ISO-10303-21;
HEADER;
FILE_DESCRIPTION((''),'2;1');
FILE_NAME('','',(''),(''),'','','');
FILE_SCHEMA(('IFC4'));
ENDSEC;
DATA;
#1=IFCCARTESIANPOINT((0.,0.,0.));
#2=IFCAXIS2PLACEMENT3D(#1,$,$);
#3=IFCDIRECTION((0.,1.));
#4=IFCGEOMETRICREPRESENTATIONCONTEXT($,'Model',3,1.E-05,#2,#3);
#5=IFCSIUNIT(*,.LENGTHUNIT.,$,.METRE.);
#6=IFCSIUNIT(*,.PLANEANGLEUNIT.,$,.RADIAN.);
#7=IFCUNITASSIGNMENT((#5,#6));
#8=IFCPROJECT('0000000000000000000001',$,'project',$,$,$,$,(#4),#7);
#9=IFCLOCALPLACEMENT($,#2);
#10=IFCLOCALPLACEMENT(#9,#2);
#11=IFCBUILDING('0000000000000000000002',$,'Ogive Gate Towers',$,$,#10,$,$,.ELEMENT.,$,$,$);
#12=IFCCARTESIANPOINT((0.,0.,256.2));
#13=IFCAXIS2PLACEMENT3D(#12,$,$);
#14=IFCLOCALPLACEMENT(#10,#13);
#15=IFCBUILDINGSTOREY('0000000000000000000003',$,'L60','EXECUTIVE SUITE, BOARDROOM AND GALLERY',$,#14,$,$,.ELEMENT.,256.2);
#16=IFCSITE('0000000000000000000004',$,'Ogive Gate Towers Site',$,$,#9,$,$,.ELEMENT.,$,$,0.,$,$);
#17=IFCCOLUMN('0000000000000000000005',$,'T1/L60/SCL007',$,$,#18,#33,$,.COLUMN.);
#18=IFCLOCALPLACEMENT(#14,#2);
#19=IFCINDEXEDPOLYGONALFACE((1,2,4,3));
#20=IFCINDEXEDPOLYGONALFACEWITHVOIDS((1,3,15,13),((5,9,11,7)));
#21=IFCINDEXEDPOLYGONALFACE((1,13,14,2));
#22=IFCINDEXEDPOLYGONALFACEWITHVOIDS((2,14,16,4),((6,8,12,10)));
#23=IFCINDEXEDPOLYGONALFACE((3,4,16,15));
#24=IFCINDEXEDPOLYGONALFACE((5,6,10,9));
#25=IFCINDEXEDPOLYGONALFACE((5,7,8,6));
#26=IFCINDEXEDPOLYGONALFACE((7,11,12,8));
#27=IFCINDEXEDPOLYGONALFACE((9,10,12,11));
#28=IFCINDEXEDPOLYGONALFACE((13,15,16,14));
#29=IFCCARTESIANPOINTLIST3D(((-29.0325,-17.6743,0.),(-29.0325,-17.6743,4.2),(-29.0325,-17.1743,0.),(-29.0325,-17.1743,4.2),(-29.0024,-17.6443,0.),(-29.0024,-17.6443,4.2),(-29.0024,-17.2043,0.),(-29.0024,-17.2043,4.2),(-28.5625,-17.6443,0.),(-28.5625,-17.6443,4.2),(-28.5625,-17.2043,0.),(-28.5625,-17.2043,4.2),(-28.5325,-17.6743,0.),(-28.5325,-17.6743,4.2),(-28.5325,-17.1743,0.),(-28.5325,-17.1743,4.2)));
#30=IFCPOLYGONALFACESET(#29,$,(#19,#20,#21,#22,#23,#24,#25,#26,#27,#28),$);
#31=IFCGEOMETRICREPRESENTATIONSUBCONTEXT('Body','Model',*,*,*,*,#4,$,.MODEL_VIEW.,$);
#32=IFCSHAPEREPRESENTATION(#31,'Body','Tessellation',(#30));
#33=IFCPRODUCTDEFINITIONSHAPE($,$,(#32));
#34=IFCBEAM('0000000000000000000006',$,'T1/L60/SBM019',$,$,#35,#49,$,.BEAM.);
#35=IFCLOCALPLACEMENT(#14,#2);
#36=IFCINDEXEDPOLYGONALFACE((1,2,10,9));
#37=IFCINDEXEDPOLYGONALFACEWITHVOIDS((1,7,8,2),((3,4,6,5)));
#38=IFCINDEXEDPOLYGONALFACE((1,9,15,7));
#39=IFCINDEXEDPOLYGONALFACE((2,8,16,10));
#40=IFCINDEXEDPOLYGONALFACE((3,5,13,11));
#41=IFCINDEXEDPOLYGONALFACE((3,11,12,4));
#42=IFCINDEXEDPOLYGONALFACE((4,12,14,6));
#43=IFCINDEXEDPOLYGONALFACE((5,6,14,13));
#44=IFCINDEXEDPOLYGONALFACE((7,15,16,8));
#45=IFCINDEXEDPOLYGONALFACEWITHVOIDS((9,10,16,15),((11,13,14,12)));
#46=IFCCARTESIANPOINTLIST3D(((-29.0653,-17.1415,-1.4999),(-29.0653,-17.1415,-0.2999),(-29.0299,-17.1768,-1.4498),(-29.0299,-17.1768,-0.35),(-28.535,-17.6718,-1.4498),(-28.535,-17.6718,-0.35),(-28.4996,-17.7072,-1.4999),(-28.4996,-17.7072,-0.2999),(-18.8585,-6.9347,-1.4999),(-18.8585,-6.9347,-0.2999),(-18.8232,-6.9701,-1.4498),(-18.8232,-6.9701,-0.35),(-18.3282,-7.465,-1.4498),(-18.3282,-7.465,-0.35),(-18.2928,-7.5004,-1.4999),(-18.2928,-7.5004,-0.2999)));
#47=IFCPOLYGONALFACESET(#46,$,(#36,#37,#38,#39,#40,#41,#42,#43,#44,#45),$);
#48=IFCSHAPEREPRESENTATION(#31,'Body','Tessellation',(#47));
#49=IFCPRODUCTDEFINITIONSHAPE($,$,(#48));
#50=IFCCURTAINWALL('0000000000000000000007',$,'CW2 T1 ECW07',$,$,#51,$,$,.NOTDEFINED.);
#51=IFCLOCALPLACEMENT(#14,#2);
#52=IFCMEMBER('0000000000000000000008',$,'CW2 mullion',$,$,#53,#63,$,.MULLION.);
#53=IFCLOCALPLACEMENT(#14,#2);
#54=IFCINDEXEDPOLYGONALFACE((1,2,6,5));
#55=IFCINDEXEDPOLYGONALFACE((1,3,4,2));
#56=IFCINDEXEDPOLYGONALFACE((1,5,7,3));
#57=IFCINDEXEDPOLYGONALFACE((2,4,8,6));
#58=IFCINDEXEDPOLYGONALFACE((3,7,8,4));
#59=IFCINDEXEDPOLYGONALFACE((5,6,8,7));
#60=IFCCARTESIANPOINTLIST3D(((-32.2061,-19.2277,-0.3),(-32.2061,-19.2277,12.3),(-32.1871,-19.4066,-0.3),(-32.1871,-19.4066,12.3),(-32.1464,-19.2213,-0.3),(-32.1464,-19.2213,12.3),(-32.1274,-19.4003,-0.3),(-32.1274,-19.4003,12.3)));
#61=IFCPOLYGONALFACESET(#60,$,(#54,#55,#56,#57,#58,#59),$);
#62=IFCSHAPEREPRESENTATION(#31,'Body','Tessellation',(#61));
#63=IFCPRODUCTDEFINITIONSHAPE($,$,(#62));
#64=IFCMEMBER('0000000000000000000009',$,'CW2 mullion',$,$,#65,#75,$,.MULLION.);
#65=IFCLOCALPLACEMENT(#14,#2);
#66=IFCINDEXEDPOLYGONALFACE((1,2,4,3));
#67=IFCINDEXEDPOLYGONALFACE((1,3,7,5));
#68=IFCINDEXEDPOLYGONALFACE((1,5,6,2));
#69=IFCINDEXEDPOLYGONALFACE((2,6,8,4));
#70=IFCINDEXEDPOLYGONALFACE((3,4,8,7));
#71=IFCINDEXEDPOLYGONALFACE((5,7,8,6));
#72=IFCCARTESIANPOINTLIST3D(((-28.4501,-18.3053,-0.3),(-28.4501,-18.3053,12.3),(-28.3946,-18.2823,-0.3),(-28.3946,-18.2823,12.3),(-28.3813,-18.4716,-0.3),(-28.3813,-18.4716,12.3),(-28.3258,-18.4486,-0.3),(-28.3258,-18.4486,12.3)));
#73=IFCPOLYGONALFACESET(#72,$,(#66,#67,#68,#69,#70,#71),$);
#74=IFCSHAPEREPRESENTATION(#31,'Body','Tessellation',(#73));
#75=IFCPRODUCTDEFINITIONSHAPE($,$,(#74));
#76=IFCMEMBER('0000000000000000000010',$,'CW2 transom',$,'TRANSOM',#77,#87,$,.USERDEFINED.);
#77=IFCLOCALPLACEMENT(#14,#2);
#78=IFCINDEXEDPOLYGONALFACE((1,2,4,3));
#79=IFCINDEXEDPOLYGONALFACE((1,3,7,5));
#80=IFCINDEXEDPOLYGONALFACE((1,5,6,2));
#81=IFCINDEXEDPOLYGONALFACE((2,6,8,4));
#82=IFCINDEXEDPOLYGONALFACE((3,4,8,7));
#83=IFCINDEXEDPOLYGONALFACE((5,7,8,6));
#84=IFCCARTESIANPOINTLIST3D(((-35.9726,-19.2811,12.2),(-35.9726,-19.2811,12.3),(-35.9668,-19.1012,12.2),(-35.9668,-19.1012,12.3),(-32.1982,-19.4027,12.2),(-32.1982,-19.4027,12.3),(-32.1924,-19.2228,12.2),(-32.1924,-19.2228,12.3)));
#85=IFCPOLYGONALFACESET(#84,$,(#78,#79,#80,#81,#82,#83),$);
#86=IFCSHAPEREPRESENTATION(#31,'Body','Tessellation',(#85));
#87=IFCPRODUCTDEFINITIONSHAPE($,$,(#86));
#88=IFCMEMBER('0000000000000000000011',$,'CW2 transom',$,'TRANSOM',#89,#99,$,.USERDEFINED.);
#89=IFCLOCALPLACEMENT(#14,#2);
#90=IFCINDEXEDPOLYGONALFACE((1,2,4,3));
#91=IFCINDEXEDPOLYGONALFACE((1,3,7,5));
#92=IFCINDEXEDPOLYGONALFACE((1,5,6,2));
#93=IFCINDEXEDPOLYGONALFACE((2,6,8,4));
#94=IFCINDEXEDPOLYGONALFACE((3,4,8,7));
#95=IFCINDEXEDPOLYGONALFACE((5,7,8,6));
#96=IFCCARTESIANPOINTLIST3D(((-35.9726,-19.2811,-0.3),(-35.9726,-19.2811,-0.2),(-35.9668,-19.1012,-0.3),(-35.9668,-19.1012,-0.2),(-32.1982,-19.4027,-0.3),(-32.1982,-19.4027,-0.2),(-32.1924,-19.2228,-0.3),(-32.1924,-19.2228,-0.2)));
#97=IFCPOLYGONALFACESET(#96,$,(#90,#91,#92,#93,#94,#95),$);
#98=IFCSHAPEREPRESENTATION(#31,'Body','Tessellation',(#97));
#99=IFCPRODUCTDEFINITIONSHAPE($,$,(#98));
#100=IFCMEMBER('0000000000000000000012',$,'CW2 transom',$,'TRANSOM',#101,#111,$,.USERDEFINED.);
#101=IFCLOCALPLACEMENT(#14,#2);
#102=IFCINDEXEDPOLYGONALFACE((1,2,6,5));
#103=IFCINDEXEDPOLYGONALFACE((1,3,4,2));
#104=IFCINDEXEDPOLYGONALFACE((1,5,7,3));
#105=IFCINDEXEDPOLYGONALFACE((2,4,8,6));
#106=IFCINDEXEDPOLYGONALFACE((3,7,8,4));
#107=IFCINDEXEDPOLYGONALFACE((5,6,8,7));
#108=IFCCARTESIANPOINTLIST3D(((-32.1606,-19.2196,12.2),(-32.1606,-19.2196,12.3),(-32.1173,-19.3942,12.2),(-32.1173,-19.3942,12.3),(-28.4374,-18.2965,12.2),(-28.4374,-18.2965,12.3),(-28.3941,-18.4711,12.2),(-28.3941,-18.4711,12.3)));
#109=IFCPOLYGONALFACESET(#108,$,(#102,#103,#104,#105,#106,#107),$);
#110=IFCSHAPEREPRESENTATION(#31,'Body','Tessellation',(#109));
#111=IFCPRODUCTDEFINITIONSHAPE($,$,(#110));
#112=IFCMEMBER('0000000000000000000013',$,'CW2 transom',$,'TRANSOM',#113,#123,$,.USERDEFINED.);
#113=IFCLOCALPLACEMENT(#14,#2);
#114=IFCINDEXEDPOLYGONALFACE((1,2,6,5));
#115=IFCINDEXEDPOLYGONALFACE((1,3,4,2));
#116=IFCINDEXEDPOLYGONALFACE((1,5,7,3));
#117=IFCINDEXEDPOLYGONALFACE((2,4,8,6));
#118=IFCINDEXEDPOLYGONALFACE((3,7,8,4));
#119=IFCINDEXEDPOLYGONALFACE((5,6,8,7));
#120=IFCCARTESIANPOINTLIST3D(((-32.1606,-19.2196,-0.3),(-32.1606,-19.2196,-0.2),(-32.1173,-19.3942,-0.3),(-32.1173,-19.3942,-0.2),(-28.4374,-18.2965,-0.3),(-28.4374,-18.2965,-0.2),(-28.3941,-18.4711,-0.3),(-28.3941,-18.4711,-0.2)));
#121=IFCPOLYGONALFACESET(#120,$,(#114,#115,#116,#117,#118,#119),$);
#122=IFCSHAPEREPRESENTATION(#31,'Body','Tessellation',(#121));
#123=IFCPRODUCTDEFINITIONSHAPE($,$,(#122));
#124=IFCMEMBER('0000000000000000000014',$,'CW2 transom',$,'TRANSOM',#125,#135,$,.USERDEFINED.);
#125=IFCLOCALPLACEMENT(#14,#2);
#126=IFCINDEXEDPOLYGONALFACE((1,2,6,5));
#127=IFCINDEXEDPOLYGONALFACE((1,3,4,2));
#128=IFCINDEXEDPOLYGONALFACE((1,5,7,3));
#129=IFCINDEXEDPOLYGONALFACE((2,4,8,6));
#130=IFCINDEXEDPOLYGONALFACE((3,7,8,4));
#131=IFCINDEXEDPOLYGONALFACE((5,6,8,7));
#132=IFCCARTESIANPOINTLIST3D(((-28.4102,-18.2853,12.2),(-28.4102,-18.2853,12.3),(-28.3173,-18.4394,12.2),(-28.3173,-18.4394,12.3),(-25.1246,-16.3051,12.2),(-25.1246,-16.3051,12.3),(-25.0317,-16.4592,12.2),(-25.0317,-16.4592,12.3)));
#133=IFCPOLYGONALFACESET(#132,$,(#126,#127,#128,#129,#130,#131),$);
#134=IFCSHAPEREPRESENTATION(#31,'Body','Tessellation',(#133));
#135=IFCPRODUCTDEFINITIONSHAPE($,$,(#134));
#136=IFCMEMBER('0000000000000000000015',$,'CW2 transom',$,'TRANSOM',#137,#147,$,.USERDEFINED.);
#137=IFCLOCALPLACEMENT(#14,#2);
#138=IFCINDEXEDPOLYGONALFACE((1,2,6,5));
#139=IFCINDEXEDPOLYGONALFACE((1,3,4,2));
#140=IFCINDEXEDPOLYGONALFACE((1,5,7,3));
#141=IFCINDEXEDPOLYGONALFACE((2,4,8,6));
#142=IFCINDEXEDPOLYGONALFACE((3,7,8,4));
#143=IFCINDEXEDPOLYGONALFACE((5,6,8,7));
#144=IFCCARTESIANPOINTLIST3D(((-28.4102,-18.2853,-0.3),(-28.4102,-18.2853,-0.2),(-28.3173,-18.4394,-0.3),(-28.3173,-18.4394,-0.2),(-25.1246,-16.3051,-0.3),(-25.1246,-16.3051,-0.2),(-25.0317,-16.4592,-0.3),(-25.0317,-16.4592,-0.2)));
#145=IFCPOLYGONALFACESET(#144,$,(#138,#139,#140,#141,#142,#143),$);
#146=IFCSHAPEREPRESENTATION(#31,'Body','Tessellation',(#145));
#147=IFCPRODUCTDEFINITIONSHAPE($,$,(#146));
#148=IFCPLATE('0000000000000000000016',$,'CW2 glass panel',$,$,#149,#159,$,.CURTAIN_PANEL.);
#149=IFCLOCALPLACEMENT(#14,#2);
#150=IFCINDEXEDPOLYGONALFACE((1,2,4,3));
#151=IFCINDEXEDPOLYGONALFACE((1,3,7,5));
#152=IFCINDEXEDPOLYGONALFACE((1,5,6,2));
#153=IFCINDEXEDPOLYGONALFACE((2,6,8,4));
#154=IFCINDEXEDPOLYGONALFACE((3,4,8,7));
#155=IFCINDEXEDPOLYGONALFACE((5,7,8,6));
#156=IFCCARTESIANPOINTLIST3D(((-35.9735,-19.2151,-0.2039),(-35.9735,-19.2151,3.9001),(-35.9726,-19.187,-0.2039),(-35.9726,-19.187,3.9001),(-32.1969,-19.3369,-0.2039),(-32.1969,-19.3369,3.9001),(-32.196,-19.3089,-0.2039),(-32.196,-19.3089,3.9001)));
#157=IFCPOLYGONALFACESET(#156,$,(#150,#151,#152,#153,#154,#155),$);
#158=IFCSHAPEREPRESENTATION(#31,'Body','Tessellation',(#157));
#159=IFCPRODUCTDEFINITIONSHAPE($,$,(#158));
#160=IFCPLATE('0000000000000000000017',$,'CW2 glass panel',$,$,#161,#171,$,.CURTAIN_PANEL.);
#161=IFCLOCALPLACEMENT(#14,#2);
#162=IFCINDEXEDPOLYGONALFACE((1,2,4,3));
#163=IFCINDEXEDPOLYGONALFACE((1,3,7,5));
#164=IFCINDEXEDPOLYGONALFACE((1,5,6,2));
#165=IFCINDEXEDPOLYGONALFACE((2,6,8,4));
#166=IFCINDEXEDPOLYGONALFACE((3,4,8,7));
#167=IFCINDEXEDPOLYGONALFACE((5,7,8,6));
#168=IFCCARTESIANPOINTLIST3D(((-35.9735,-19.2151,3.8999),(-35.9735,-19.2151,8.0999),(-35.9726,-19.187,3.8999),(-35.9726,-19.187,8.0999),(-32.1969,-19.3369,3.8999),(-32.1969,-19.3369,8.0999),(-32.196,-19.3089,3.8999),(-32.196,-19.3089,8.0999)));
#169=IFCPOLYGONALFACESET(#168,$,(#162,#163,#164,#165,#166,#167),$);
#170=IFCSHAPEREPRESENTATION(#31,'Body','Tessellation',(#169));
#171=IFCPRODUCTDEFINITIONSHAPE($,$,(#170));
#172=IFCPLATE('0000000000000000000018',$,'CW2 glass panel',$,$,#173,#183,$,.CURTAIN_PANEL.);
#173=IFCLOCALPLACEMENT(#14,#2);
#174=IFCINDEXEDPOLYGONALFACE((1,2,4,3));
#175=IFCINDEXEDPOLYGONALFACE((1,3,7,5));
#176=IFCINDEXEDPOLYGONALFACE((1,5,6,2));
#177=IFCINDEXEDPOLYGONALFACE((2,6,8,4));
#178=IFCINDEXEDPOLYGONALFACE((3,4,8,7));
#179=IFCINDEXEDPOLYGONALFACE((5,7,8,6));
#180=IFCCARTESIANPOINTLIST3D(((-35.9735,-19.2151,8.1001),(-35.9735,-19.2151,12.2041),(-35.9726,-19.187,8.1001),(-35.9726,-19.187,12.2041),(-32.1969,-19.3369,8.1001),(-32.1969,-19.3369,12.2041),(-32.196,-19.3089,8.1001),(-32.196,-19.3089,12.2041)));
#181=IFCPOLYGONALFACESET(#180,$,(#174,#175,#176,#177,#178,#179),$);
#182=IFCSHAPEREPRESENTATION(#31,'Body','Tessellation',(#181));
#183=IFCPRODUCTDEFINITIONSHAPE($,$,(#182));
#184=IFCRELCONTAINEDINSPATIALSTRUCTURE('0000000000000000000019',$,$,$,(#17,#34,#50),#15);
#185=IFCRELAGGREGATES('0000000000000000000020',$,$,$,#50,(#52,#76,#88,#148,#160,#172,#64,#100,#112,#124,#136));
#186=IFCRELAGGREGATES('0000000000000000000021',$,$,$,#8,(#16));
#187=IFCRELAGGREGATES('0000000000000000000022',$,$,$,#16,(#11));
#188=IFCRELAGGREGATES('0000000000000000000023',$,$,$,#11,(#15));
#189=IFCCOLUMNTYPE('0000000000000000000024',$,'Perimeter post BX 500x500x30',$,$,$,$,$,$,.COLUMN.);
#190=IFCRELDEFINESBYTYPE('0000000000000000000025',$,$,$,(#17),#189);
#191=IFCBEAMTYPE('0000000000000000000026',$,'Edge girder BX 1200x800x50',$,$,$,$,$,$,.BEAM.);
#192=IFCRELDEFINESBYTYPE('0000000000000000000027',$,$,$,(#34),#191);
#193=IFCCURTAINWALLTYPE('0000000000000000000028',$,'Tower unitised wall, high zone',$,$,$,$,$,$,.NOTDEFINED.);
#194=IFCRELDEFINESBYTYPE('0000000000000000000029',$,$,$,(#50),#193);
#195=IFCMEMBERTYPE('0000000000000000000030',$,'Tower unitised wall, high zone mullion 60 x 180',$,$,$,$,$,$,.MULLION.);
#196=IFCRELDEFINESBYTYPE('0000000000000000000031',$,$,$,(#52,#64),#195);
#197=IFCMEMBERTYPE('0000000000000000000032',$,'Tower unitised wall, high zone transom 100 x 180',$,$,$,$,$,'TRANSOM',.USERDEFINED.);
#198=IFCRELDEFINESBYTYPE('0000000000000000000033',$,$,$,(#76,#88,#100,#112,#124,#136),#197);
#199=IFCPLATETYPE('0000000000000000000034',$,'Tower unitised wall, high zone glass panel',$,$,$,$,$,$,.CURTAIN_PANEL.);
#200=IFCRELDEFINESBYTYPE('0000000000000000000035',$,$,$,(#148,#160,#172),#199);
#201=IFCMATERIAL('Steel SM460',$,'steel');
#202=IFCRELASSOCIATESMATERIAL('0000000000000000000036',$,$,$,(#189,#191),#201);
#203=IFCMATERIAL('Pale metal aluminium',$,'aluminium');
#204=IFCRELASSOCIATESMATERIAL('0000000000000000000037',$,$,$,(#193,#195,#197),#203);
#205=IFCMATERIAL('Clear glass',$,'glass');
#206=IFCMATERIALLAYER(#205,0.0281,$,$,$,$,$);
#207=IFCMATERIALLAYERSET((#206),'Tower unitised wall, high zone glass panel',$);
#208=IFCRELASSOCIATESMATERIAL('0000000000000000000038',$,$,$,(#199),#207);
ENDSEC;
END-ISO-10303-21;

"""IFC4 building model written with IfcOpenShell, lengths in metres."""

from ifc_helpers import new_model, si_unit, direction, frame, origin, origin_2d, place, context, subcontext, project, spatial, rectangle, hollow_rectangle, extrude, material, layer, layer_set, material_profile, profile_set, type_object, element, aggregate, save


model = new_model("IFC4")

# Units and contexts
model_context = context("Model", 3, precision=1e-05, world=origin(), true_north=direction((0.0, 1.0)))
body_context = subcontext(model_context, "Body", "Model", "MODEL_VIEW")
ifc_project = project(units=[si_unit("LENGTHUNIT", "METRE"), si_unit("PLANEANGLEUNIT", "RADIAN")], contexts=[model_context])

# Site, building, storey
site_placement = place(None, origin())
site = spatial("IfcSite", under=ifc_project, at=site_placement, Name="Ogive Gate Towers Site", CompositionType="ELEMENT", RefElevation=0.0)
building_placement = place(site_placement, origin())
building = spatial("IfcBuilding", under=site, at=building_placement, Name="Ogive Gate Towers", CompositionType="ELEMENT")
storey_placement = place(building_placement, frame((0.0, 0.0, 256.2)))
storey = spatial("IfcBuildingStorey", under=building, at=storey_placement, Name="L60", Description="EXECUTIVE SUITE, BOARDROOM AND GALLERY", CompositionType="ELEMENT", Elevation=256.2)

# Column
ifc_material_1 = material(Name="Steel SM460", Category="steel")
ifc_material_profile_1 = material_profile(ifc_material_1, hollow_rectangle(XDim=0.5, YDim=0.5, WallThickness=0.03, at=origin_2d()), Name="BX 500x500x30")
ifc_profile_set_1 = profile_set([ifc_material_profile_1], Name="Steel SM460")
column_type = type_object("IfcColumnType", Name="Perimeter post BX 500x500x30", PredefinedType="COLUMN", material=ifc_profile_set_1)
column_placement = place(storey_placement, frame((-28.7825, -17.4243, 0.0), z_axis=(0.0, 0.0, 1.0), x_axis=(1.0, 0.0, 0.0)))
element("IfcColumn", 1, at=column_placement, inside=storey, type_object=column_type, Name="T1/L60/SCL007", PredefinedType="COLUMN", context=body_context, shape_type="SweptSolid", body=[
    extrude(hollow_rectangle(XDim=0.5, YDim=0.5, WallThickness=0.03, at=origin_2d()), origin(), (0.0, 0.0, 1.0), 4.2),
])

# Beam
ifc_material_profile_2 = material_profile(ifc_material_1, hollow_rectangle(XDim=0.8, YDim=1.2, WallThickness=0.05, at=origin_2d()), Name="BX 1200x800x50")
ifc_profile_set_2 = profile_set([ifc_material_profile_2], Name="Steel SM460")
beam_type = type_object("IfcBeamType", Name="Edge girder BX 1200x800x50", PredefinedType="BEAM", material=ifc_profile_set_2)
beam_placement = place(storey_placement, frame((-28.7825, -17.4243, -0.8999), z_axis=(0.707107, 0.707107, 0.0), x_axis=(-0.707107, 0.707107, 0.0)))
element("IfcBeam", 2, at=beam_placement, inside=storey, type_object=beam_type, Name="T1/L60/SBM019", PredefinedType="BEAM", context=body_context, shape_type="SweptSolid", body=[
    extrude(hollow_rectangle(XDim=0.8, YDim=1.2, WallThickness=0.05, at=origin_2d()), origin(), (0.0, 0.0, 1.0), 14.4346),
])

# Curtain wall, members, plates
ifc_material_2 = material(Name="Pale metal aluminium", Category="aluminium")
curtain_wall_type = type_object("IfcCurtainWallType", Name="Tower unitised wall, high zone", PredefinedType="NOTDEFINED", material=ifc_material_2)
curtain_wall_placement = place(storey_placement, origin())
curtain_wall = element("IfcCurtainWall", 3, at=curtain_wall_placement, inside=storey, type_object=curtain_wall_type, Name="CW2 T1 ECW07", PredefinedType="NOTDEFINED")
ifc_material_profile_3 = material_profile(ifc_material_2, rectangle(XDim=0.1799, YDim=0.0601, at=origin_2d()), Name="60 x 180 aluminium box")
ifc_profile_set_3 = profile_set([ifc_material_profile_3], Name="Pale metal aluminium")
member_type_1 = type_object("IfcMemberType", Name="Tower unitised wall, high zone mullion 60 x 180", PredefinedType="MULLION", material=ifc_profile_set_3)
member_1_placement = place(storey_placement, frame((-32.1667, -19.314, -0.3), z_axis=(0.0, 0.0, 1.0), x_axis=(0.105205, -0.994451, 0.0)))
member_1 = element("IfcMember", 4, at=member_1_placement, type_object=member_type_1, Name="CW2 mullion", PredefinedType="MULLION", context=body_context, shape_type="SweptSolid", body=[
    extrude(rectangle(XDim=0.1799, YDim=0.0601, at=origin_2d()), origin(), (0.0, 0.0, 1.0), 12.6001),
])
member_2_placement = place(storey_placement, frame((-28.3879, -18.377, -0.3), z_axis=(0.0, 0.0, 1.0), x_axis=(0.382683, -0.92388, 0.0)))
member_2 = element("IfcMember", 5, at=member_2_placement, type_object=member_type_1, Name="CW2 mullion", PredefinedType="MULLION", context=body_context, shape_type="SweptSolid", body=[
    extrude(rectangle(XDim=0.1799, YDim=0.0601, at=origin_2d()), origin(), (0.0, 0.0, 1.0), 12.6001),
])
ifc_material_profile_4 = material_profile(ifc_material_2, rectangle(XDim=0.1799, YDim=0.1001, at=origin_2d()), Name="100 x 180 aluminium box")
ifc_profile_set_4 = profile_set([ifc_material_profile_4], Name="Pale metal aluminium")
member_type_2 = type_object("IfcMemberType", Name="Tower unitised wall, high zone transom 100 x 180", ElementType="TRANSOM", PredefinedType="USERDEFINED", material=ifc_profile_set_4)
member_3_placement = place(storey_placement, frame((-35.9697, -19.1912, 12.25), z_axis=(0.999482, -0.032195, 0.0), x_axis=(0.032195, 0.999482, 0.0)))
member_3 = element("IfcMember", 6, at=member_3_placement, type_object=member_type_2, Name="CW2 transom", ObjectType="TRANSOM", PredefinedType="USERDEFINED", context=body_context, shape_type="SweptSolid", body=[
    extrude(rectangle(XDim=0.1799, YDim=0.1001, at=origin_2d()), origin(), (0.0, 0.0, 1.0), 3.7764),
])
member_4_placement = place(storey_placement, frame((-35.9697, -19.1912, -0.25), z_axis=(0.999482, -0.032195, 0.0), x_axis=(0.032195, 0.999482, 0.0)))
member_4 = element("IfcMember", 7, at=member_4_placement, type_object=member_type_2, Name="CW2 transom", ObjectType="TRANSOM", PredefinedType="USERDEFINED", context=body_context, shape_type="SweptSolid", body=[
    extrude(rectangle(XDim=0.1799, YDim=0.1001, at=origin_2d()), origin(), (0.0, 0.0, 1.0), 3.7764),
])
member_5_placement = place(storey_placement, frame((-32.1389, -19.3069, 12.25), z_axis=(0.970612, 0.240648, 0.0), x_axis=(-0.240648, 0.970612, 0.0)))
member_5 = element("IfcMember", 8, at=member_5_placement, type_object=member_type_2, Name="CW2 transom", ObjectType="TRANSOM", PredefinedType="USERDEFINED", context=body_context, shape_type="SweptSolid", body=[
    extrude(rectangle(XDim=0.1799, YDim=0.1001, at=origin_2d()), origin(), (0.0, 0.0, 1.0), 3.8359),
])
member_6_placement = place(storey_placement, frame((-32.1389, -19.3069, -0.25), z_axis=(0.970612, 0.240648, 0.0), x_axis=(-0.240648, 0.970612, 0.0)))
member_6 = element("IfcMember", 9, at=member_6_placement, type_object=member_type_2, Name="CW2 transom", ObjectType="TRANSOM", PredefinedType="USERDEFINED", context=body_context, shape_type="SweptSolid", body=[
    extrude(rectangle(XDim=0.1799, YDim=0.1001, at=origin_2d()), origin(), (0.0, 0.0, 1.0), 3.8359),
])
member_7_placement = place(storey_placement, frame((-28.3638, -18.3623, 12.25), z_axis=(0.856475, 0.516189, 0.0), x_axis=(-0.516189, 0.856475, 0.0)))
member_7 = element("IfcMember", 10, at=member_7_placement, type_object=member_type_2, Name="CW2 transom", ObjectType="TRANSOM", PredefinedType="USERDEFINED", context=body_context, shape_type="SweptSolid", body=[
    extrude(rectangle(XDim=0.1799, YDim=0.1001, at=origin_2d()), origin(), (0.0, 0.0, 1.0), 3.8362),
])
member_8_placement = place(storey_placement, frame((-28.3638, -18.3623, -0.25), z_axis=(0.856475, 0.516189, 0.0), x_axis=(-0.516189, 0.856475, 0.0)))
member_8 = element("IfcMember", 11, at=member_8_placement, type_object=member_type_2, Name="CW2 transom", ObjectType="TRANSOM", PredefinedType="USERDEFINED", context=body_context, shape_type="SweptSolid", body=[
    extrude(rectangle(XDim=0.1799, YDim=0.1001, at=origin_2d()), origin(), (0.0, 0.0, 1.0), 3.8362),
])
ifc_material_3 = material(Name="Clear glass", Category="glass")
ifc_layer_1 = layer(ifc_material_3, 0.0281)
ifc_layer_set_1 = layer_set([ifc_layer_1], Name="Tower unitised wall, high zone glass panel")
plate_type = type_object("IfcPlateType", Name="Tower unitised wall, high zone glass panel", PredefinedType="CURTAIN_PANEL", material=ifc_layer_set_1)
plate_1_placement = place(storey_placement, frame((-34.0847, -19.262, -0.2039), z_axis=(0.0, 0.0, 1.0), x_axis=(0.99948, -0.032248, 0.0)))
plate_1 = element("IfcPlate", 12, at=plate_1_placement, type_object=plate_type, Name="CW2 glass panel", PredefinedType="CURTAIN_PANEL", context=body_context, shape_type="SweptSolid", body=[
    extrude(rectangle(XDim=3.7786, YDim=0.0281, at=origin_2d()), origin(), (0.0, 0.0, 1.0), 4.104),
])
plate_2_placement = place(storey_placement, frame((-34.0847, -19.262, 3.8999), z_axis=(0.0, 0.0, 1.0), x_axis=(0.99948, -0.032248, 0.0)))
plate_2 = element("IfcPlate", 13, at=plate_2_placement, type_object=plate_type, Name="CW2 glass panel", PredefinedType="CURTAIN_PANEL", context=body_context, shape_type="SweptSolid", body=[
    extrude(rectangle(XDim=3.7786, YDim=0.0281, at=origin_2d()), origin(), (0.0, 0.0, 1.0), 4.2),
])
plate_3_placement = place(storey_placement, frame((-34.0847, -19.262, 8.1001), z_axis=(0.0, 0.0, 1.0), x_axis=(0.99948, -0.032248, 0.0)))
plate_3 = element("IfcPlate", 14, at=plate_3_placement, type_object=plate_type, Name="CW2 glass panel", PredefinedType="CURTAIN_PANEL", context=body_context, shape_type="SweptSolid", body=[
    extrude(rectangle(XDim=3.7786, YDim=0.0281, at=origin_2d()), origin(), (0.0, 0.0, 1.0), 4.104),
])
aggregate(curtain_wall, [member_1, member_3, member_4, plate_1, plate_2, plate_3, member_2, member_5, member_6, member_7, member_8])

save(model, "model.ifc")
